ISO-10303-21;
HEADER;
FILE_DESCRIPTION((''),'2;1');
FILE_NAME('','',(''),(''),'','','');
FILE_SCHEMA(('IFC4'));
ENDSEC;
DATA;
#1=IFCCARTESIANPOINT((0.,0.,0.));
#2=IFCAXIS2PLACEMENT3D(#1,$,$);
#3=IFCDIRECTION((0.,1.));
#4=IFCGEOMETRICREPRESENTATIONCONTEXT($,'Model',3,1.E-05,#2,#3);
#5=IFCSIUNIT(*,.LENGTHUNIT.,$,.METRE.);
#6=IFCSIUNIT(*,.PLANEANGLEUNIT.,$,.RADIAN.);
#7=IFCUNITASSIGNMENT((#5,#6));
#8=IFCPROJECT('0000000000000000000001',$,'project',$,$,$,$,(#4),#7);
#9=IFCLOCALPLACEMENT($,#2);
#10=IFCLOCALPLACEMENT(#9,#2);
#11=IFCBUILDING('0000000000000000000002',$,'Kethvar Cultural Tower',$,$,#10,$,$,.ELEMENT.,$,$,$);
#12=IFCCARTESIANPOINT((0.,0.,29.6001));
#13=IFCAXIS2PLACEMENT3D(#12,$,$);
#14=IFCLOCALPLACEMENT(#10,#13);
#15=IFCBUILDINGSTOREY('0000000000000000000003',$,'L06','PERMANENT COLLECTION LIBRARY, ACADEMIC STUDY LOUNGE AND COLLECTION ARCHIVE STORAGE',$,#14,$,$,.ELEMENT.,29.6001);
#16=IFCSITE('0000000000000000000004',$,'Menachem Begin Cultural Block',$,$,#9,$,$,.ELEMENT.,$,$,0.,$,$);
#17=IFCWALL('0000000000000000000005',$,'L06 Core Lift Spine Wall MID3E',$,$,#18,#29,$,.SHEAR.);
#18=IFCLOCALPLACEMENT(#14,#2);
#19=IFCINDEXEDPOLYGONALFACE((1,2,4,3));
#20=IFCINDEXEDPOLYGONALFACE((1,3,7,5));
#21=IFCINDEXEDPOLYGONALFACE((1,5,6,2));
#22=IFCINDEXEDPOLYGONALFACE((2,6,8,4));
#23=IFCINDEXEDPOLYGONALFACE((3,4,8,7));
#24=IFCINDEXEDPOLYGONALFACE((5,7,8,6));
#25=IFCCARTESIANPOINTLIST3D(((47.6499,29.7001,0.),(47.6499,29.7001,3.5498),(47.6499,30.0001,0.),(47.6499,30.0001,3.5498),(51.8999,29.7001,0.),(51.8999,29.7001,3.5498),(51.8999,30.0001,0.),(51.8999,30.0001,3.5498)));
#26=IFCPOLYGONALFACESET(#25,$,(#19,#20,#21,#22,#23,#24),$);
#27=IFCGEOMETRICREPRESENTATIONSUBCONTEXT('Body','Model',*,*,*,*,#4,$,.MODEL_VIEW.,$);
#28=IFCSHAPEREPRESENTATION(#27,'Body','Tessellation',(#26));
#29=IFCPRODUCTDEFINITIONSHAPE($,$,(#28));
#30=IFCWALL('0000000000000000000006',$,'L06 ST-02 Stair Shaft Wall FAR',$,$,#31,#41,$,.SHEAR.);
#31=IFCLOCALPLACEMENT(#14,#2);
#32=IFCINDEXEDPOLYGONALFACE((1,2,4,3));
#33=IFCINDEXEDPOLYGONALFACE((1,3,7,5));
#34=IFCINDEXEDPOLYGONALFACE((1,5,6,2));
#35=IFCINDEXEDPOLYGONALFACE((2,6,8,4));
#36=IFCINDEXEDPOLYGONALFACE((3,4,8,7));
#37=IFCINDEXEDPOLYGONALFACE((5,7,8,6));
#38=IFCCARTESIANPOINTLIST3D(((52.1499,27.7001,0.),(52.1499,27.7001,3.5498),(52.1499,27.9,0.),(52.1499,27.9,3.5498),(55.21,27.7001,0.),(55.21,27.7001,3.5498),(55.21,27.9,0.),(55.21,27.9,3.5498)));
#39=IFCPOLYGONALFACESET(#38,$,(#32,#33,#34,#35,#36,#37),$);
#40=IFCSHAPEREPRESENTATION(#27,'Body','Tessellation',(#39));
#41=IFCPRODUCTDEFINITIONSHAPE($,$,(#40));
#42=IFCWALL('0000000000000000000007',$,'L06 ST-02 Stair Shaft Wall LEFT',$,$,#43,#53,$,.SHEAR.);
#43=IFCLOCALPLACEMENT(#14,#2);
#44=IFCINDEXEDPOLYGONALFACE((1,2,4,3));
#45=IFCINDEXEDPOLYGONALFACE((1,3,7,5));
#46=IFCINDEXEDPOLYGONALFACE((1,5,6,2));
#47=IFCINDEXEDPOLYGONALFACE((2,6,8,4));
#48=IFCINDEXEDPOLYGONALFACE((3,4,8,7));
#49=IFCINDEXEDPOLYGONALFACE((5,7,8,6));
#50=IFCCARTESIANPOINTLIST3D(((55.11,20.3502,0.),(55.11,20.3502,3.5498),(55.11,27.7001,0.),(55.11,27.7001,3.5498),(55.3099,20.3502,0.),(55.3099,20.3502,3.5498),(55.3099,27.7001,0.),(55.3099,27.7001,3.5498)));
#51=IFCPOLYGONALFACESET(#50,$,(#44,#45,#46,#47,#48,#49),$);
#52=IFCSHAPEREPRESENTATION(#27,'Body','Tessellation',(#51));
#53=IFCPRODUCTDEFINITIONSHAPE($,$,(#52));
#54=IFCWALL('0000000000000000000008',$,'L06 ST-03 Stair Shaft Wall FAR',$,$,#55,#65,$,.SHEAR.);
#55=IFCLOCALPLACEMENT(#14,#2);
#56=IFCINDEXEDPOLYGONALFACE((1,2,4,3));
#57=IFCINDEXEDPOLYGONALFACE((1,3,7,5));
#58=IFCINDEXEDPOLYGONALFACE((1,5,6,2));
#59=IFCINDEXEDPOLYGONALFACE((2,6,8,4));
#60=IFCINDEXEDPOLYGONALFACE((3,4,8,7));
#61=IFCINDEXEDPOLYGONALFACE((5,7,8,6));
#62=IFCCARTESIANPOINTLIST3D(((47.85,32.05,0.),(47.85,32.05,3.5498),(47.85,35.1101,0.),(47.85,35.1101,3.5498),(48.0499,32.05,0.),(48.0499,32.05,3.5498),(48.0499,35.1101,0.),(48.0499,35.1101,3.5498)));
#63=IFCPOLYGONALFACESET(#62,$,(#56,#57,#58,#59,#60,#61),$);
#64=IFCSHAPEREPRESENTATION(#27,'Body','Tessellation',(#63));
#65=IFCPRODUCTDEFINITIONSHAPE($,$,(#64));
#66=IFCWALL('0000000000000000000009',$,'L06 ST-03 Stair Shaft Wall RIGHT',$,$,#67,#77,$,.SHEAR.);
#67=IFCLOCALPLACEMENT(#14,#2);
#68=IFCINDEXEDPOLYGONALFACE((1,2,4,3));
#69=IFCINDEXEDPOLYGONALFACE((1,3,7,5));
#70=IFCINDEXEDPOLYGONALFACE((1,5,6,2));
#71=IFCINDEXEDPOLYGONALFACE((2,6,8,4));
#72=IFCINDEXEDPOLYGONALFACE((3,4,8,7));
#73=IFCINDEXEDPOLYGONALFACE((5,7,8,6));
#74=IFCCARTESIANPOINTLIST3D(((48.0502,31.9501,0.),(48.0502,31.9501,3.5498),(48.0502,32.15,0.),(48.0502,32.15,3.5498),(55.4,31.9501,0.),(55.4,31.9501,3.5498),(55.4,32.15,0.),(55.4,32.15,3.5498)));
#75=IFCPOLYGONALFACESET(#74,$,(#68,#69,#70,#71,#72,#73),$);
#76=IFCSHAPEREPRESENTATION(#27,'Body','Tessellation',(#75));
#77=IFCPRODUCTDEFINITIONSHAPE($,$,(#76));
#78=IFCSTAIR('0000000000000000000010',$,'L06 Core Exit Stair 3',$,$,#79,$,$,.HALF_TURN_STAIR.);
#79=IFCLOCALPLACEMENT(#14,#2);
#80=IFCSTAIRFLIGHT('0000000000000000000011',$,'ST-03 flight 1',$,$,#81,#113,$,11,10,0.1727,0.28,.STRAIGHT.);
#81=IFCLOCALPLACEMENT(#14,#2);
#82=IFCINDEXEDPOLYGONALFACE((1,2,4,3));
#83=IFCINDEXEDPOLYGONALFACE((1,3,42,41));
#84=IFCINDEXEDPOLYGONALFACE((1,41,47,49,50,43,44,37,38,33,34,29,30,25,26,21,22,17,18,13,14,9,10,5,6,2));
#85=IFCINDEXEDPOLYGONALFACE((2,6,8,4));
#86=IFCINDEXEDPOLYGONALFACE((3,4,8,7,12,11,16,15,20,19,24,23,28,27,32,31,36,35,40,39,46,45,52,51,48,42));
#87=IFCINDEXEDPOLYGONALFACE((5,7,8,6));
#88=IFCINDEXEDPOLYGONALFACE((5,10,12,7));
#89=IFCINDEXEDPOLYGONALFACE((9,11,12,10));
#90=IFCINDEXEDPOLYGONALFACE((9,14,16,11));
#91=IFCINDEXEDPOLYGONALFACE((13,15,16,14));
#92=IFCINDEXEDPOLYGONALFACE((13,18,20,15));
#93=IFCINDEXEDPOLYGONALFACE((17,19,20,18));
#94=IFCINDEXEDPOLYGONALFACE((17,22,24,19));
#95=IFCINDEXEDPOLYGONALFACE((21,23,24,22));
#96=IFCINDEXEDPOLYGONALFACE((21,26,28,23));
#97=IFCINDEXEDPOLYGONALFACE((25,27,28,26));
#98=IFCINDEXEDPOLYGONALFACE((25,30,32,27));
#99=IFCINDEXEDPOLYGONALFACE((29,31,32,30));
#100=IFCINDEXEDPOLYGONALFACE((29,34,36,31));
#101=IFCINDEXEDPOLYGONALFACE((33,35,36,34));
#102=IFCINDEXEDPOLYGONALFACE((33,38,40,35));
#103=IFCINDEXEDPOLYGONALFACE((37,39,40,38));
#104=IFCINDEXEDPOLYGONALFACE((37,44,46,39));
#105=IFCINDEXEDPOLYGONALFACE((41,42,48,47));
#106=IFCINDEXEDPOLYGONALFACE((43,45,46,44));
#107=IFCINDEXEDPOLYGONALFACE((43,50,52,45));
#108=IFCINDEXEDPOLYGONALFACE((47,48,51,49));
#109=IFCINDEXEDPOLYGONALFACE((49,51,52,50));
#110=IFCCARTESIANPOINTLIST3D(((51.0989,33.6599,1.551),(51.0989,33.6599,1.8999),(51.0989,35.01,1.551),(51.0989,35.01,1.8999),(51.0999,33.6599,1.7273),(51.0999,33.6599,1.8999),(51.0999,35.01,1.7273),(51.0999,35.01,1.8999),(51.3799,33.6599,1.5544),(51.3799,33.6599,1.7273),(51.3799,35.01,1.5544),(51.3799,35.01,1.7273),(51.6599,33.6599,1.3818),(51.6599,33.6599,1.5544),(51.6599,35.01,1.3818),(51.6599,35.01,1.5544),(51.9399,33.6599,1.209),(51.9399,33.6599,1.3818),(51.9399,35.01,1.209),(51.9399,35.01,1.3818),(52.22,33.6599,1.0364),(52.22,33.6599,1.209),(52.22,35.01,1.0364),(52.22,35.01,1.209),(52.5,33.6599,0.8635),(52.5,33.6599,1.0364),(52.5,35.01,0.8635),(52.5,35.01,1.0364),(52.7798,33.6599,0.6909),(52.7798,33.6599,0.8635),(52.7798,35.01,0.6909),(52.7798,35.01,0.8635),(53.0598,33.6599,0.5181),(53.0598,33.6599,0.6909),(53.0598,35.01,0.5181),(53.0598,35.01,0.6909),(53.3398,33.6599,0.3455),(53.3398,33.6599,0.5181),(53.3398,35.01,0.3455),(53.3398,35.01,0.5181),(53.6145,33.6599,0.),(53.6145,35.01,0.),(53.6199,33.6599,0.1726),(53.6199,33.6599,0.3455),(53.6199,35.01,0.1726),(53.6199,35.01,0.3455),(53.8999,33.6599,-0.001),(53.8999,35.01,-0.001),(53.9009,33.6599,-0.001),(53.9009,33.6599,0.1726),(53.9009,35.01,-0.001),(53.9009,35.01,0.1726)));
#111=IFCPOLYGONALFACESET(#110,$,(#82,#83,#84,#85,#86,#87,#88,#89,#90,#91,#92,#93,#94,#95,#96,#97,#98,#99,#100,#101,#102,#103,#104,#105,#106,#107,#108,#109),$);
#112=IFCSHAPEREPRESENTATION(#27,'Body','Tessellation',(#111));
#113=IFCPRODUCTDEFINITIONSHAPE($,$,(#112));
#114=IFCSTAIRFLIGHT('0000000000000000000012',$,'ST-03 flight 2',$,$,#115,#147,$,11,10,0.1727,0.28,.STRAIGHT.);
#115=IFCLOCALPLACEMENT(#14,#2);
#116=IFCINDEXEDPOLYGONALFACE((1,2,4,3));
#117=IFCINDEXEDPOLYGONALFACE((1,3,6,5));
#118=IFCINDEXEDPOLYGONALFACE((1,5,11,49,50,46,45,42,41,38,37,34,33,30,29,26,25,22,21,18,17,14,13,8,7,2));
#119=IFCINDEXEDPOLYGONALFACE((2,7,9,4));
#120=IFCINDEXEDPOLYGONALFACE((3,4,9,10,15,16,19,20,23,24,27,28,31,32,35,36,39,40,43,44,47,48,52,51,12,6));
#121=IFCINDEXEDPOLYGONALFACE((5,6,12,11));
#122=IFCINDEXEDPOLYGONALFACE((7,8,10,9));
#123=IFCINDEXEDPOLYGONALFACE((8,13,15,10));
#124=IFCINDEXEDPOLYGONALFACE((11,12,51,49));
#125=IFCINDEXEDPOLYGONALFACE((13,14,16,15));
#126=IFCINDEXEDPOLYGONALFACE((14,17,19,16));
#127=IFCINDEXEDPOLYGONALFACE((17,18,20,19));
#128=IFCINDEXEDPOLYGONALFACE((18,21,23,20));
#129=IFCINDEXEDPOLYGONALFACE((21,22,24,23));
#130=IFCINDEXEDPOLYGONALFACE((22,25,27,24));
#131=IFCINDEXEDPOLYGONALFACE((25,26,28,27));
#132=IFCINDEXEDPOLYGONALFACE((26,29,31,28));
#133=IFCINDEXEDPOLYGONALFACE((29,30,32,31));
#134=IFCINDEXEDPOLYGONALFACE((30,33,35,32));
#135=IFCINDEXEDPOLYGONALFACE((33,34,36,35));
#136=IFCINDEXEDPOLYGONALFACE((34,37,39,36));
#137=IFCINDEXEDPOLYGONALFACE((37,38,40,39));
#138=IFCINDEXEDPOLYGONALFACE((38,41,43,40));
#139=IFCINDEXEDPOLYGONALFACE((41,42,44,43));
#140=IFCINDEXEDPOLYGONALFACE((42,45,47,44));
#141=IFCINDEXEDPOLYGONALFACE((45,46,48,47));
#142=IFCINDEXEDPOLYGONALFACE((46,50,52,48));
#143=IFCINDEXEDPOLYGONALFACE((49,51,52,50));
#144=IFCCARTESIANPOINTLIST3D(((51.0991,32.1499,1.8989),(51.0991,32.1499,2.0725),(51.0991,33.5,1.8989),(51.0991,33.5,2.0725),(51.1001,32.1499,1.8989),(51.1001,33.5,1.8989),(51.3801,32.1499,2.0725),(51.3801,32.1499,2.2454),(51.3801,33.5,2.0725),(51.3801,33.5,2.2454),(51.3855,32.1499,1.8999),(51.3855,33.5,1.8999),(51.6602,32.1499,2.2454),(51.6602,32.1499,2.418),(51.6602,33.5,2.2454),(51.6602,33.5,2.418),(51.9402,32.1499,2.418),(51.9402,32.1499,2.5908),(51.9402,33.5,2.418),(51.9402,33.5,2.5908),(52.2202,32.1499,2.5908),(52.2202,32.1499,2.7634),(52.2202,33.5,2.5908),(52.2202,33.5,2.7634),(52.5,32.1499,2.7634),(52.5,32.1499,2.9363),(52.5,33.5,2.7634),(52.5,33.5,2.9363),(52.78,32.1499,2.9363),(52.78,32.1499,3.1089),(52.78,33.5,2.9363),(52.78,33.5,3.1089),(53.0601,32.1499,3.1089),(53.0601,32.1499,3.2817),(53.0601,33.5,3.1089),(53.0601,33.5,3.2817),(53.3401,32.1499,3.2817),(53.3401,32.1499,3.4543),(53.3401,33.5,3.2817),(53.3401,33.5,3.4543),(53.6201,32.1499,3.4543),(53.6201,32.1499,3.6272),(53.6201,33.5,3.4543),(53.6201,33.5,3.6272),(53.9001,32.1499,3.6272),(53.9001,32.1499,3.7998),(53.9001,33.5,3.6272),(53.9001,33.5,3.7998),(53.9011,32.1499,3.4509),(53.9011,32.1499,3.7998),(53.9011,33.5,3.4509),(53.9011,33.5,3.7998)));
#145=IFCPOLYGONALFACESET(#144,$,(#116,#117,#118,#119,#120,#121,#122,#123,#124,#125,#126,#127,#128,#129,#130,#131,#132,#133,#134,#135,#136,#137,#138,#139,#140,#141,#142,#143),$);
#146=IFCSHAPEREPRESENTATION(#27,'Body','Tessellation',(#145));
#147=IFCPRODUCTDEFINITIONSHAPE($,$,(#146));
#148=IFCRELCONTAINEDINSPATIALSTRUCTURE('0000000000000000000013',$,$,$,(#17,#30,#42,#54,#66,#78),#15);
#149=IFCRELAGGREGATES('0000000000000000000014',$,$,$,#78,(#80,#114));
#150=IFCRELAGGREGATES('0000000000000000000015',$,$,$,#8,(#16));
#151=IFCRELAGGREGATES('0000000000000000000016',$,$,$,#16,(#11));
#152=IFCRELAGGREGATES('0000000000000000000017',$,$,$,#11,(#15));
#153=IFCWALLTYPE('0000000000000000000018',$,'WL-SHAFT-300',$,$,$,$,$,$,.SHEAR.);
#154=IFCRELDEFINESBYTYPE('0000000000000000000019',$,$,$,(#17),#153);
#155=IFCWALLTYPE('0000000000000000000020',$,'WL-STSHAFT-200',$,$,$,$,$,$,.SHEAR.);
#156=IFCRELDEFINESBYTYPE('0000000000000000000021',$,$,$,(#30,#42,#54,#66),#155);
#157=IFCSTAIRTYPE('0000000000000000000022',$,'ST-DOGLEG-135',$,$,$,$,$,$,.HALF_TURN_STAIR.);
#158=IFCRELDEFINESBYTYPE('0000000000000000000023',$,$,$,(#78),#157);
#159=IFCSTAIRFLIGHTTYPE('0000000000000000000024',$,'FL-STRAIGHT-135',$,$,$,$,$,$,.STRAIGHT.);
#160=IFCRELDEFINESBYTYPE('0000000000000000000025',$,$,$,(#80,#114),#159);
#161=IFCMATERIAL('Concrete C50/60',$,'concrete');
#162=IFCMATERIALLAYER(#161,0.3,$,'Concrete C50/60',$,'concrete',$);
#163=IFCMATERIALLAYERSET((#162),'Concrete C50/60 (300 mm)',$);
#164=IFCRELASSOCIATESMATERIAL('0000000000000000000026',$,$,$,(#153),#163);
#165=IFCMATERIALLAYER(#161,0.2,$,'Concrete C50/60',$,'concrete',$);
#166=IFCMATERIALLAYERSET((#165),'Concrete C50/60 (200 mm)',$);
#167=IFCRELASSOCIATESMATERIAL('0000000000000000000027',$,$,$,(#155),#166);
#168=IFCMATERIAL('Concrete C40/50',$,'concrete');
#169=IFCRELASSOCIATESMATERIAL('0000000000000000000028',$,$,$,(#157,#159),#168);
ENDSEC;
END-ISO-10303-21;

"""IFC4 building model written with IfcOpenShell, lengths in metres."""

from ifc_helpers import new_model, si_unit, direction, frame, frame_2d, origin, place, context, subcontext, project, spatial, polyline, rectangle, outline, extrude, material, layer, layer_set, type_object, element, aggregate, save


model = new_model("IFC4")

# Units and contexts
model_context = context("Model", 3, precision=1e-05, world=origin(), true_north=direction((0.0, 1.0)))
body_context = subcontext(model_context, "Body", "Model", "MODEL_VIEW")
ifc_project = project(units=[si_unit("LENGTHUNIT", "METRE"), si_unit("PLANEANGLEUNIT", "RADIAN")], contexts=[model_context])

# Site, building, storey
site_placement = place(None, origin())
site = spatial("IfcSite", under=ifc_project, at=site_placement, Name="Menachem Begin Cultural Block", CompositionType="ELEMENT", RefElevation=0.0)
building_placement = place(site_placement, origin())
building = spatial("IfcBuilding", under=site, at=building_placement, Name="Kethvar Cultural Tower", CompositionType="ELEMENT")
storey_placement = place(building_placement, frame((0.0, 0.0, 29.6001)))
storey = spatial("IfcBuildingStorey", under=building, at=storey_placement, Name="L06", Description="PERMANENT COLLECTION LIBRARY, ACADEMIC STUDY LOUNGE AND COLLECTION ARCHIVE STORAGE", CompositionType="ELEMENT", Elevation=29.6001)

# Walls
ifc_material_1 = material(Name="Concrete C40/50", Category="concrete")
ifc_material_2 = material(Name="Concrete C50/60", Category="concrete")
ifc_layer_1 = layer(ifc_material_2, 0.3, Name="Concrete C50/60", Category="concrete")
ifc_layer_set_1 = layer_set([ifc_layer_1], Name="Concrete C50/60 (300 mm)")
wall_type_1 = type_object("IfcWallType", Name="WL-SHAFT-300", PredefinedType="SHEAR", material=ifc_layer_set_1)
wall_1_placement = place(storey_placement, frame((47.6499, 29.8501, 0.0), z_axis=(0.0, 0.0, 1.0), x_axis=(1.0, 0.0, 0.0)))
element("IfcWall", 1, at=wall_1_placement, inside=storey, type_object=wall_type_1, Name="L06 Core Lift Spine Wall MID3E", PredefinedType="SHEAR", context=body_context, shape_type="SweptSolid", body=[
    extrude(rectangle(XDim=4.25, YDim=0.3, at=frame_2d((2.125, 0.0))), origin(), (0.0, 0.0, 1.0), 3.5498),
])
ifc_layer_2 = layer(ifc_material_2, 0.2, Name="Concrete C50/60", Category="concrete")
ifc_layer_set_2 = layer_set([ifc_layer_2], Name="Concrete C50/60 (200 mm)")
wall_type_2 = type_object("IfcWallType", Name="WL-STSHAFT-200", PredefinedType="SHEAR", material=ifc_layer_set_2)
wall_2_placement = place(storey_placement, frame((52.1499, 27.8, 0.0), z_axis=(0.0, 0.0, 1.0), x_axis=(1.0, 0.0, 0.0)))
element("IfcWall", 2, at=wall_2_placement, inside=storey, type_object=wall_type_2, Name="L06 ST-02 Stair Shaft Wall FAR", PredefinedType="SHEAR", context=body_context, shape_type="SweptSolid", body=[
    extrude(rectangle(XDim=3.0601, YDim=0.2, at=frame_2d((1.53, 0.0))), origin(), (0.0, 0.0, 1.0), 3.5498),
])
wall_3_placement = place(storey_placement, frame((55.21, 27.7, 0.0), z_axis=(0.0, 0.0, 1.0), x_axis=(0.0, -1.0, 0.0)))
element("IfcWall", 3, at=wall_3_placement, inside=storey, type_object=wall_type_2, Name="L06 ST-02 Stair Shaft Wall LEFT", PredefinedType="SHEAR", context=body_context, shape_type="SweptSolid", body=[
    extrude(rectangle(XDim=7.3499, YDim=0.2, at=frame_2d((3.6748, 0.0))), origin(), (0.0, 0.0, 1.0), 3.5498),
])
wall_4_placement = place(storey_placement, frame((47.95, 32.05, 0.0), z_axis=(0.0, 0.0, 1.0), x_axis=(0.0, 1.0, 0.0)))
element("IfcWall", 4, at=wall_4_placement, inside=storey, type_object=wall_type_2, Name="L06 ST-03 Stair Shaft Wall FAR", PredefinedType="SHEAR", context=body_context, shape_type="SweptSolid", body=[
    extrude(rectangle(XDim=3.0601, YDim=0.2, at=frame_2d((1.53, 0.0))), origin(), (0.0, 0.0, 1.0), 3.5498),
])
wall_5_placement = place(storey_placement, frame((55.3999, 32.05, 0.0), z_axis=(0.0, 0.0, 1.0), x_axis=(-1.0, 0.0, 0.0)))
element("IfcWall", 5, at=wall_5_placement, inside=storey, type_object=wall_type_2, Name="L06 ST-03 Stair Shaft Wall RIGHT", PredefinedType="SHEAR", context=body_context, shape_type="SweptSolid", body=[
    extrude(rectangle(XDim=7.3499, YDim=0.2, at=frame_2d((3.6748, 0.0))), origin(), (0.0, 0.0, 1.0), 3.5498),
])

# Stair, stair flights
stair_type = type_object("IfcStairType", Name="ST-DOGLEG-135", PredefinedType="HALF_TURN_STAIR", material=ifc_material_1)
stair_placement = place(storey_placement, origin())
stair = element("IfcStair", 6, at=stair_placement, inside=storey, type_object=stair_type, Name="L06 Core Exit Stair 3", PredefinedType="HALF_TURN_STAIR")
stair_flight_type = type_object("IfcStairFlightType", Name="FL-STRAIGHT-135", PredefinedType="STRAIGHT", material=ifc_material_1)
stair_flight_1_placement = place(storey_placement, frame((53.8999, 34.335, 0.0), z_axis=(0.0, 0.0, 1.0), x_axis=(-1.0, 0.0, 0.0)))
stair_flight_1 = element("IfcStairFlight", 7, at=stair_flight_1_placement, type_object=stair_flight_type, Name="ST-03 flight 1", NumberOfRisers=11, NumberOfTreads=10, PredefinedType="STRAIGHT", RiserHeight=0.1727, TreadLength=0.28, context=body_context, shape_type="SweptSolid", body=[
    extrude(outline(polyline([(-0.001, -0.001), (-0.001, 0.1726), (0.28, 0.1726), (0.28, 0.3455), (0.5601, 0.3455), (0.5601, 0.5181), (0.8401, 0.5181), (0.8401, 0.6909), (1.1201, 0.6909), (1.1201, 0.8635), (1.3999, 0.8635), (1.3999, 1.0364), (1.6799, 1.0364), (1.6799, 1.209), (1.96, 1.209), (1.96, 1.3818), (2.24, 1.3818), (2.24, 1.5544), (2.52, 1.5544), (2.52, 1.7273), (2.8, 1.7273), (2.8, 1.8999), (2.801, 1.8999), (2.801, 1.551), (0.2854, 0.0), (0.0, -0.001), (-0.001, -0.001)])), frame((0.0, 0.675, 0.0), z_axis=(0.0, -1.0, 0.0), x_axis=(1.0, 0.0, 0.0)), (0.0, 0.0, 1.0), 1.3501),
])
stair_flight_2_placement = place(storey_placement, frame((51.1001, 32.825, 1.8999), z_axis=(0.0, 0.0, 1.0), x_axis=(1.0, 0.0, 0.0)))
stair_flight_2 = element("IfcStairFlight", 8, at=stair_flight_2_placement, type_object=stair_flight_type, Name="ST-03 flight 2", NumberOfRisers=11, NumberOfTreads=10, PredefinedType="STRAIGHT", RiserHeight=0.1727, TreadLength=0.28, context=body_context, shape_type="SweptSolid", body=[
    extrude(outline(polyline([(-0.001, -0.001), (-0.001, 0.1726), (0.28, 0.1726), (0.28, 0.3455), (0.5601, 0.3455), (0.5601, 0.5181), (0.8401, 0.5181), (0.8401, 0.6909), (1.1201, 0.6909), (1.1201, 0.8635), (1.3999, 0.8635), (1.3999, 1.0364), (1.6799, 1.0364), (1.6799, 1.209), (1.96, 1.209), (1.96, 1.3818), (2.24, 1.3818), (2.24, 1.5544), (2.52, 1.5544), (2.52, 1.7273), (2.8, 1.7273), (2.8, 1.8999), (2.801, 1.8999), (2.801, 1.551), (0.2854, 0.0), (0.0, -0.001), (-0.001, -0.001)])), frame((0.0, 0.675, 0.0), z_axis=(0.0, -1.0, 0.0), x_axis=(1.0, 0.0, 0.0)), (0.0, 0.0, 1.0), 1.3501),
])
aggregate(stair, [stair_flight_1, stair_flight_2])

save(model, "model.ifc")
